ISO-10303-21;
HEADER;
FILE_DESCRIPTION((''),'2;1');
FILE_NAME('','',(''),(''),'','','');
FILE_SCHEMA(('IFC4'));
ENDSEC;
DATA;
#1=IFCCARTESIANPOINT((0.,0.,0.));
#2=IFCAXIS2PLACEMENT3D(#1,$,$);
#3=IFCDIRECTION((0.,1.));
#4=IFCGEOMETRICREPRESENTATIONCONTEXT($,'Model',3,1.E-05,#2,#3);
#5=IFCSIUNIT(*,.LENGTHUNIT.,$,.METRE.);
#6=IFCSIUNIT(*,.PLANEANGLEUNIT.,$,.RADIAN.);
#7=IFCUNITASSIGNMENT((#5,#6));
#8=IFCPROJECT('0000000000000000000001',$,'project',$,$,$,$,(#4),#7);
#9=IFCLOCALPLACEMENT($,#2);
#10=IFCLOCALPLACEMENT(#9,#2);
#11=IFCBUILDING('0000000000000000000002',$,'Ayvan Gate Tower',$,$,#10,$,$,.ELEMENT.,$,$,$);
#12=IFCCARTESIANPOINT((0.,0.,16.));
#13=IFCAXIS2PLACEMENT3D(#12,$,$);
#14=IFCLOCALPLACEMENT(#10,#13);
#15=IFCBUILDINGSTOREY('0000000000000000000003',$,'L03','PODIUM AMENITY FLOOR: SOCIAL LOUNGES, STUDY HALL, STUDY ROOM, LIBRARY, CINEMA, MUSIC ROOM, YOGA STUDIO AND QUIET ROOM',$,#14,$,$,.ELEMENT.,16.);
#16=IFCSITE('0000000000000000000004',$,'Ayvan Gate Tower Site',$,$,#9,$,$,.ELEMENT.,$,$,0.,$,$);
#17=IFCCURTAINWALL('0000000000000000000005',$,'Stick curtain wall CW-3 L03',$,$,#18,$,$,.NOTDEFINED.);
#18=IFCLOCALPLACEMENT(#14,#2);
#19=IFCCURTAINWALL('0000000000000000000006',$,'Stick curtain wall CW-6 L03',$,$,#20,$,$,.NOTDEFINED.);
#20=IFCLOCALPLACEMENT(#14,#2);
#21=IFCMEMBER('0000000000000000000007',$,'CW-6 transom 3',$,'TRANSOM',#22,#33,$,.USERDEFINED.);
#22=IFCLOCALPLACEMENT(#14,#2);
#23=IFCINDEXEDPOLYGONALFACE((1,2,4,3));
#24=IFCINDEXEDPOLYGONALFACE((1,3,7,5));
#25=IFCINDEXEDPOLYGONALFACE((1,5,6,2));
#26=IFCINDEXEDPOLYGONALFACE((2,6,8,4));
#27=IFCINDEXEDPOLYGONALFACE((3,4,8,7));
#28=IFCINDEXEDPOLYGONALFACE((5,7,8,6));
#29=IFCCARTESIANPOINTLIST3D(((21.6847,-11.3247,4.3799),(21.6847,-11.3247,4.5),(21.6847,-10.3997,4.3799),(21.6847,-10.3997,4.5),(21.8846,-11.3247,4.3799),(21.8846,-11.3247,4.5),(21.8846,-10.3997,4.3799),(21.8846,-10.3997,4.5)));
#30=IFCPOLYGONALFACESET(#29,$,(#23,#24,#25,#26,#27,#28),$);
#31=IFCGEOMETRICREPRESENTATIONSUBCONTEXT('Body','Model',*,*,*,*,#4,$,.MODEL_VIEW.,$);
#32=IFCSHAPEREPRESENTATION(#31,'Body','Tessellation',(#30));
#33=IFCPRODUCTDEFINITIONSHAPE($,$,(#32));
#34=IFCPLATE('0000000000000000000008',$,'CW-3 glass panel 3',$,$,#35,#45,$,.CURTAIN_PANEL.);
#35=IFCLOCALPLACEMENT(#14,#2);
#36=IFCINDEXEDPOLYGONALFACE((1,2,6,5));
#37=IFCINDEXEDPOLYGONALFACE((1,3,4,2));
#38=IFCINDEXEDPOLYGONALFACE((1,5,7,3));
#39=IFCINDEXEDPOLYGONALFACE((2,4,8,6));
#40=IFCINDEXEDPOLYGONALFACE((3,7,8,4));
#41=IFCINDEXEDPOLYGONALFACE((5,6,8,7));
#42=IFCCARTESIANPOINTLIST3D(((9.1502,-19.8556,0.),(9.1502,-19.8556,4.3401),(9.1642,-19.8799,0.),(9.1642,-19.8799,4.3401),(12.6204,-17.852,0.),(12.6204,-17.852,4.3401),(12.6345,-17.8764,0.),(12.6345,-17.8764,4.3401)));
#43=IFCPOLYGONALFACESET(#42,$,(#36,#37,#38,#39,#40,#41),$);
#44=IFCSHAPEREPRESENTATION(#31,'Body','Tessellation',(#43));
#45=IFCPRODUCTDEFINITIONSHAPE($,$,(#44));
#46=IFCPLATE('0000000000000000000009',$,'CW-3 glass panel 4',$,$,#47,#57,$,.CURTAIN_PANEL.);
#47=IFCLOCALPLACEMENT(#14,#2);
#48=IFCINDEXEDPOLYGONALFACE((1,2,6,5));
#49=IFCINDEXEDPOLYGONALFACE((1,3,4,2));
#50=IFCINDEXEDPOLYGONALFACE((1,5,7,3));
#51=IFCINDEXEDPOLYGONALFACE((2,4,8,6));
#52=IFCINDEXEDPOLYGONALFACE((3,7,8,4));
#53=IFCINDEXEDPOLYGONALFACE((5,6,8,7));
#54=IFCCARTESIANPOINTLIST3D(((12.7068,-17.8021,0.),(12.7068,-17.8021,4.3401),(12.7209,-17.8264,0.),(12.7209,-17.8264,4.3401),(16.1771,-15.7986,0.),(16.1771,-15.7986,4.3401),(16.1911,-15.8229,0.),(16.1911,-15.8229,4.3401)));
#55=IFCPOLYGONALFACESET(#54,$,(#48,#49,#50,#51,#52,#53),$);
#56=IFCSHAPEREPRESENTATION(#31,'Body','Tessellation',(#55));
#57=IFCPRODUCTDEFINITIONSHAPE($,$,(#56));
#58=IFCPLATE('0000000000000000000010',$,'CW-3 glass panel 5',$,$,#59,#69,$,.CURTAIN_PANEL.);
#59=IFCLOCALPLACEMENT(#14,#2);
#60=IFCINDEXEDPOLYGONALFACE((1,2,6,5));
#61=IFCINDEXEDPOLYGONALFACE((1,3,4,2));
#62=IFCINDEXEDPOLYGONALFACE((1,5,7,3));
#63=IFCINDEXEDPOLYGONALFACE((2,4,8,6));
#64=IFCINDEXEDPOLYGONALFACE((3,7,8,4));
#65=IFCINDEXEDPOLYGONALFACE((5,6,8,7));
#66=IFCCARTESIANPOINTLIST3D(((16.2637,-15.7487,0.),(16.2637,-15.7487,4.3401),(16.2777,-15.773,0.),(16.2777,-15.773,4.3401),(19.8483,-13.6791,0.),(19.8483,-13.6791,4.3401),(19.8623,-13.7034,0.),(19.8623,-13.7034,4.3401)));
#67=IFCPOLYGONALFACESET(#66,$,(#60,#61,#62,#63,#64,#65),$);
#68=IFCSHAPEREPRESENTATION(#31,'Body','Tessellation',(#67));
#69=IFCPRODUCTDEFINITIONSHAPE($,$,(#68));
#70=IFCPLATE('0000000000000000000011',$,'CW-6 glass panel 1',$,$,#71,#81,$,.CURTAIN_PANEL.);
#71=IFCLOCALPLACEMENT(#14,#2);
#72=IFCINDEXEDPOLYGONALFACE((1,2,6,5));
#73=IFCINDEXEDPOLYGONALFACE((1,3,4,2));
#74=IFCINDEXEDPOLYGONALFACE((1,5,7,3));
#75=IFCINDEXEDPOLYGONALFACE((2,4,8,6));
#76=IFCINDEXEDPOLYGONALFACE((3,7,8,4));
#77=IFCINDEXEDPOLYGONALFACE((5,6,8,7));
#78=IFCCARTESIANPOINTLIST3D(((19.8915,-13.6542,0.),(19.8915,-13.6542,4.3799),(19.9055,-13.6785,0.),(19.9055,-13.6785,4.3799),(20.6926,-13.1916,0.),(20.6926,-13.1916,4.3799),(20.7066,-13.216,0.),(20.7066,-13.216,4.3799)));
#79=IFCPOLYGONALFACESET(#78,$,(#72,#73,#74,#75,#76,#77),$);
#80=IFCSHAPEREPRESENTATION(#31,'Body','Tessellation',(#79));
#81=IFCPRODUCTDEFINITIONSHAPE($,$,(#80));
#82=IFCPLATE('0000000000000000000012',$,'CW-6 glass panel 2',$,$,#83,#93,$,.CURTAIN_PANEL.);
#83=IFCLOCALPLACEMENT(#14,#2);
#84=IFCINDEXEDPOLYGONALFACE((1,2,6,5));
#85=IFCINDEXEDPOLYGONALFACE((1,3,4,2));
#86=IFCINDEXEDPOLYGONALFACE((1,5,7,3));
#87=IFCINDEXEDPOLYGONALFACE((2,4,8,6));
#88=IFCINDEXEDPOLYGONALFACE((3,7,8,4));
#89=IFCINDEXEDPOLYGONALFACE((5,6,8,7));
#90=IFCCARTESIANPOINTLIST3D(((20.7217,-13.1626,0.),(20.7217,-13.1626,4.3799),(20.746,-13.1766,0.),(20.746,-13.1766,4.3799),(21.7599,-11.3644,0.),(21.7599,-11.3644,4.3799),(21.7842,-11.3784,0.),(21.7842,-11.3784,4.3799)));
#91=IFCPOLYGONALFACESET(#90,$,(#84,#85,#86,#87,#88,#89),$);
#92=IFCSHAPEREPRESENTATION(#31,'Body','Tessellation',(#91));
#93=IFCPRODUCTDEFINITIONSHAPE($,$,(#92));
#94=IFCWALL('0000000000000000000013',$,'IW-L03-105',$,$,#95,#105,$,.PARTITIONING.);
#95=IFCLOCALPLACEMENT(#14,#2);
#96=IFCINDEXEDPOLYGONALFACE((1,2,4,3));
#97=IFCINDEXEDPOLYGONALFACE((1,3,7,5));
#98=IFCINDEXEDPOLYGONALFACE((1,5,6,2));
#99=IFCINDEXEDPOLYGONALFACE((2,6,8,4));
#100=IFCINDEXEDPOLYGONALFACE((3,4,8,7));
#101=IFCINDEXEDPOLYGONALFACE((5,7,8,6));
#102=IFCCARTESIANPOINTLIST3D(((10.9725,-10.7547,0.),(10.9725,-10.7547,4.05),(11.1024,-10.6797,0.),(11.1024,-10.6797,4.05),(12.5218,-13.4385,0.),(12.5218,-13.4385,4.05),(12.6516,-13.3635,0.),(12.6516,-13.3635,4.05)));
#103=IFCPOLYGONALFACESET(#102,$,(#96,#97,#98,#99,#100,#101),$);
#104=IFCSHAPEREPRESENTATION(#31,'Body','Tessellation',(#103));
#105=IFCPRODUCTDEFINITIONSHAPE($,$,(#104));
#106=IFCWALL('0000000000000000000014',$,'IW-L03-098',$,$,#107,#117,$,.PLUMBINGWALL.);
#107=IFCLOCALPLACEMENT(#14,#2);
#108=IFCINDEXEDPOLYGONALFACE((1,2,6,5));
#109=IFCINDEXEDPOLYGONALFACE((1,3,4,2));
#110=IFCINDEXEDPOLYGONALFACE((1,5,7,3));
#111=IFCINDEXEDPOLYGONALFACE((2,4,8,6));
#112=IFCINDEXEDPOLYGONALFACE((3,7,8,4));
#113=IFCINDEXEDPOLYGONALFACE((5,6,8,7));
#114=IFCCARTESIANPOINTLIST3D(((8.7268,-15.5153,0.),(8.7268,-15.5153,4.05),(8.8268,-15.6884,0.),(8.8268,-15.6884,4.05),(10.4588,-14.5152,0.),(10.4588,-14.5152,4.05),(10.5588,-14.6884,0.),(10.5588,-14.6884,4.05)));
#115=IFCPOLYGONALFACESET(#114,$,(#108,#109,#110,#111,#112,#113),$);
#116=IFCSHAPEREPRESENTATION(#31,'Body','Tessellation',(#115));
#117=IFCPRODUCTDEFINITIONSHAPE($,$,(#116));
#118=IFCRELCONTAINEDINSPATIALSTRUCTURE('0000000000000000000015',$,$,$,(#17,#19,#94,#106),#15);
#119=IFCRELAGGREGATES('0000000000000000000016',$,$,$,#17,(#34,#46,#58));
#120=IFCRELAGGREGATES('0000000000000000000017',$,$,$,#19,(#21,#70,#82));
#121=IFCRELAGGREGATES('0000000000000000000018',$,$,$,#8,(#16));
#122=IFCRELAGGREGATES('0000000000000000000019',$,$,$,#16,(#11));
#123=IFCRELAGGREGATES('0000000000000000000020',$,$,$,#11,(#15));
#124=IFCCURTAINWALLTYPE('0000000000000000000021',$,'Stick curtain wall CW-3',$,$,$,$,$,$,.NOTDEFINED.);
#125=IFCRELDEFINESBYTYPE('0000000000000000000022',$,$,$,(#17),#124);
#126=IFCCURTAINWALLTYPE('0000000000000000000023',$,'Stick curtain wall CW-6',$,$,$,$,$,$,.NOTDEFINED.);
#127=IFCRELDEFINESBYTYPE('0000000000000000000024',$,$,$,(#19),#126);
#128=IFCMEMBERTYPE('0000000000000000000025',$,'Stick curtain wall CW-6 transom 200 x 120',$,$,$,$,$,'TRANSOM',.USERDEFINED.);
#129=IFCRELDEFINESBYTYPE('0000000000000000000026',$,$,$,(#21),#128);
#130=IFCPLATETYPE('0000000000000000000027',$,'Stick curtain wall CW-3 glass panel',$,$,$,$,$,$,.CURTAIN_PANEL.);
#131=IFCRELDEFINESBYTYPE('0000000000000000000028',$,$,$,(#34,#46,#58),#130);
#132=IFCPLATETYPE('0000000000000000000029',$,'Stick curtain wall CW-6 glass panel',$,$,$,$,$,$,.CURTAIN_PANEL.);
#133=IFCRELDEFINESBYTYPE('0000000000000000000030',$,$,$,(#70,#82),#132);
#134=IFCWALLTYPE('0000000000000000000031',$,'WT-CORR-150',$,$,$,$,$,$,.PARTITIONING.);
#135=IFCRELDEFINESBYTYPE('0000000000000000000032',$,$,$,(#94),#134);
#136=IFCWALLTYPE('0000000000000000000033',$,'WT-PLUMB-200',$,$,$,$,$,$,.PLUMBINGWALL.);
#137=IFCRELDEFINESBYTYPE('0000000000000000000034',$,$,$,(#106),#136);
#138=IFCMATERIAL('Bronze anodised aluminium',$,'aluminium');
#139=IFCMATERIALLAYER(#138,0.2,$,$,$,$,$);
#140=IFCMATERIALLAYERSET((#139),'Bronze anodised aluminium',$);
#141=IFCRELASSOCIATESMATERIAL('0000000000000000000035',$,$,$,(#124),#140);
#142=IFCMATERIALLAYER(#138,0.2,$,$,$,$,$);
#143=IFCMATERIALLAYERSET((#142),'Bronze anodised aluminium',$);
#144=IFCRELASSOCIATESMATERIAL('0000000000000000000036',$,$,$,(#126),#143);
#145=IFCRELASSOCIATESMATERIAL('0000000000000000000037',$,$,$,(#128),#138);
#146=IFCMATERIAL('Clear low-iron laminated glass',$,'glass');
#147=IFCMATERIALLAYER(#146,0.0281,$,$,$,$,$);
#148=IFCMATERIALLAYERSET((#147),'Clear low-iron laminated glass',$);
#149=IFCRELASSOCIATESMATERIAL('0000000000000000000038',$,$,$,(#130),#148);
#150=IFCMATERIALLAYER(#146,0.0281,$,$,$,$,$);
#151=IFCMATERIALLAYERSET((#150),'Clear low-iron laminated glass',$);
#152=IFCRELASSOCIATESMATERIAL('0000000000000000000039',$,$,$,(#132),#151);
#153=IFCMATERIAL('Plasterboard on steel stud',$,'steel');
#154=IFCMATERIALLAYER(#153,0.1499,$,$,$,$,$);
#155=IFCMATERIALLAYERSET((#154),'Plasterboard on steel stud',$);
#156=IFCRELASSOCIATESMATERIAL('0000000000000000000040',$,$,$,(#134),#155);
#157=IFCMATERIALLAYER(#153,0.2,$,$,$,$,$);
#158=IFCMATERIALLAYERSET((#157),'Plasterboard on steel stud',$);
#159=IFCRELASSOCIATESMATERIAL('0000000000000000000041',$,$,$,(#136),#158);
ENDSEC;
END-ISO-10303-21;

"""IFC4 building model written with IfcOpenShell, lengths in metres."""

from ifc_helpers import new_model, si_unit, direction, frame, frame_2d, origin, origin_2d, place, context, subcontext, project, spatial, rectangle, extrude, material, layer, layer_set, material_profile, profile_set, type_object, element, aggregate, save


model = new_model("IFC4")

# Units and contexts
model_context = context("Model", 3, precision=1e-05, world=origin(), true_north=direction((0.0, 1.0)))
body_context = subcontext(model_context, "Body", "Model", "MODEL_VIEW")
ifc_project = project(units=[si_unit("LENGTHUNIT", "METRE"), si_unit("PLANEANGLEUNIT", "RADIAN")], contexts=[model_context])

# Site, building, storey
site_placement = place(None, origin())
site = spatial("IfcSite", under=ifc_project, at=site_placement, Name="Ayvan Gate Tower Site", CompositionType="ELEMENT", RefElevation=0.0)
building_placement = place(site_placement, origin())
building = spatial("IfcBuilding", under=site, at=building_placement, Name="Ayvan Gate Tower", CompositionType="ELEMENT")
storey_placement = place(building_placement, frame((0.0, 0.0, 16.0)))
storey = spatial("IfcBuildingStorey", under=building, at=storey_placement, Name="L03", Description="PODIUM AMENITY FLOOR: SOCIAL LOUNGES, STUDY HALL, STUDY ROOM, LIBRARY, CINEMA, MUSIC ROOM, YOGA STUDIO AND QUIET ROOM", CompositionType="ELEMENT", Elevation=16.0)

# Curtain walls, member
ifc_material_1 = material(Name="Bronze anodised aluminium", Category="aluminium")
ifc_layer_1 = layer(ifc_material_1, 0.2)
ifc_layer_set_1 = layer_set([ifc_layer_1], Name="Bronze anodised aluminium")
curtain_wall_type_1 = type_object("IfcCurtainWallType", Name="Stick curtain wall CW-3", PredefinedType="NOTDEFINED", material=ifc_layer_set_1)
curtain_wall_1_placement = place(storey_placement, origin())
curtain_wall_1 = element("IfcCurtainWall", 1, at=curtain_wall_1_placement, inside=storey, type_object=curtain_wall_type_1, Name="Stick curtain wall CW-3 L03", PredefinedType="NOTDEFINED")
ifc_layer_2 = layer(ifc_material_1, 0.2)
ifc_layer_set_2 = layer_set([ifc_layer_2], Name="Bronze anodised aluminium")
curtain_wall_type_2 = type_object("IfcCurtainWallType", Name="Stick curtain wall CW-6", PredefinedType="NOTDEFINED", material=ifc_layer_set_2)
curtain_wall_2_placement = place(storey_placement, origin())
curtain_wall_2 = element("IfcCurtainWall", 2, at=curtain_wall_2_placement, inside=storey, type_object=curtain_wall_type_2, Name="Stick curtain wall CW-6 L03", PredefinedType="NOTDEFINED")
ifc_material_profile_1 = material_profile(ifc_material_1, rectangle(XDim=0.2, YDim=0.1201, at=origin_2d()), Name="Stick curtain wall CW-6 transom 200 x 120")
ifc_profile_set_1 = profile_set([ifc_material_profile_1], Name="Bronze anodised aluminium")
member_type_1 = type_object("IfcMemberType", Name="Stick curtain wall CW-6 transom 200 x 120", ElementType="TRANSOM", PredefinedType="USERDEFINED", material=ifc_profile_set_1)
member_1_placement = place(storey_placement, frame((21.7847, -11.3247, 4.4399), z_axis=(0.0, 1.0, 0.0), x_axis=(-1.0, 0.0, 0.0)))
member_1 = element("IfcMember", 3, at=member_1_placement, type_object=member_type_1, Name="CW-6 transom 3", ObjectType="TRANSOM", PredefinedType="USERDEFINED", context=body_context, shape_type="SweptSolid", body=[
    extrude(rectangle(XDim=0.2, YDim=0.1201, at=origin_2d()), origin(), (0.0, 0.0, 1.0), 0.925),
])

# Plates
ifc_material_2 = material(Name="Clear low-iron laminated glass", Category="glass")
ifc_layer_3 = layer(ifc_material_2, 0.0281)
ifc_layer_set_3 = layer_set([ifc_layer_3], Name="Clear low-iron laminated glass")
plate_type_1 = type_object("IfcPlateType", Name="Stick curtain wall CW-3 glass panel", PredefinedType="CURTAIN_PANEL", material=ifc_layer_set_3)
plate_1_placement = place(storey_placement, frame((10.8923, -18.866, 0.0), z_axis=(0.0, 0.0, 1.0), x_axis=(0.866025, 0.5, 0.0)))
plate_1 = element("IfcPlate", 4, at=plate_1_placement, type_object=plate_type_1, Name="CW-3 glass panel 3", PredefinedType="CURTAIN_PANEL", context=body_context, shape_type="SweptSolid", body=[
    extrude(rectangle(XDim=4.0071, YDim=0.0281, at=origin_2d()), origin(), (0.0, 0.0, 1.0), 4.3401),
])
plate_2_placement = place(storey_placement, frame((14.449, -16.8125, 0.0), z_axis=(0.0, 0.0, 1.0), x_axis=(0.866025, 0.5, 0.0)))
plate_2 = element("IfcPlate", 5, at=plate_2_placement, type_object=plate_type_1, Name="CW-3 glass panel 4", PredefinedType="CURTAIN_PANEL", context=body_context, shape_type="SweptSolid", body=[
    extrude(rectangle(XDim=4.0071, YDim=0.0281, at=origin_2d()), origin(), (0.0, 0.0, 1.0), 4.3401),
])
plate_3_placement = place(storey_placement, frame((18.063, -14.7261, 0.0), z_axis=(0.0, 0.0, 1.0), x_axis=(0.866025, 0.5, 0.0)))
plate_3 = element("IfcPlate", 6, at=plate_3_placement, type_object=plate_type_1, Name="CW-3 glass panel 5", PredefinedType="CURTAIN_PANEL", context=body_context, shape_type="SweptSolid", body=[
    extrude(rectangle(XDim=4.1392, YDim=0.0281, at=origin_2d()), origin(), (0.0, 0.0, 1.0), 4.3401),
])
aggregate(curtain_wall_1, [plate_1, plate_2, plate_3])
ifc_layer_4 = layer(ifc_material_2, 0.0281)
ifc_layer_set_4 = layer_set([ifc_layer_4], Name="Clear low-iron laminated glass")
plate_type_2 = type_object("IfcPlateType", Name="Stick curtain wall CW-6 glass panel", PredefinedType="CURTAIN_PANEL", material=ifc_layer_set_4)
plate_4_placement = place(storey_placement, frame((20.2991, -13.4351, 0.0), z_axis=(0.0, 0.0, 1.0), x_axis=(0.866025, 0.5, 0.0)))
plate_4 = element("IfcPlate", 7, at=plate_4_placement, type_object=plate_type_2, Name="CW-6 glass panel 1", PredefinedType="CURTAIN_PANEL", context=body_context, shape_type="SweptSolid", body=[
    extrude(rectangle(XDim=0.925, YDim=0.0281, at=origin_2d()), origin(), (0.0, 0.0, 1.0), 4.3799),
])
plate_5_placement = place(storey_placement, frame((21.2529, -12.2705, 0.0), z_axis=(0.0, 0.0, 1.0), x_axis=(0.5, 0.866025, 0.0)))
plate_5 = element("IfcPlate", 8, at=plate_5_placement, type_object=plate_type_2, Name="CW-6 glass panel 2", PredefinedType="CURTAIN_PANEL", context=body_context, shape_type="SweptSolid", body=[
    extrude(rectangle(XDim=2.0764, YDim=0.0281, at=origin_2d()), origin(), (0.0, 0.0, 1.0), 4.3799),
])
aggregate(curtain_wall_2, [member_1, plate_4, plate_5])

# Walls
ifc_material_3 = material(Name="Plasterboard on steel stud", Category="steel")
ifc_layer_5 = layer(ifc_material_3, 0.1499)
ifc_layer_set_5 = layer_set([ifc_layer_5], Name="Plasterboard on steel stud")
wall_type_1 = type_object("IfcWallType", Name="WT-CORR-150", PredefinedType="PARTITIONING", material=ifc_layer_set_5)
wall_1_placement = place(storey_placement, frame((12.5867, -13.4009, 0.0), z_axis=(0.0, 0.0, 1.0), x_axis=(-0.499952, 0.866053, 0.0)))
element("IfcWall", 9, at=wall_1_placement, inside=storey, type_object=wall_type_1, Name="IW-L03-105", PredefinedType="PARTITIONING", context=body_context, shape_type="SweptSolid", body=[
    extrude(rectangle(XDim=3.0989, YDim=0.1499, at=frame_2d((1.5493, 0.0))), origin(), (0.0, 0.0, 1.0), 4.05),
])
ifc_layer_6 = layer(ifc_material_3, 0.2)
ifc_layer_set_6 = layer_set([ifc_layer_6], Name="Plasterboard on steel stud")
wall_type_2 = type_object("IfcWallType", Name="WT-PLUMB-200", PredefinedType="PLUMBINGWALL", material=ifc_layer_set_6)
wall_2_placement = place(storey_placement, frame((10.5088, -14.6018, 0.0), z_axis=(0.0, 0.0, 1.0), x_axis=(-0.866011, -0.500025, 0.0)))
element("IfcWall", 10, at=wall_2_placement, inside=storey, type_object=wall_type_2, Name="IW-L03-098", PredefinedType="PLUMBINGWALL", context=body_context, shape_type="SweptSolid", body=[
    extrude(rectangle(XDim=2.0, YDim=0.2, at=frame_2d((1.0, 0.0))), origin(), (0.0, 0.0, 1.0), 4.05),
])

save(model, "model.ifc")
